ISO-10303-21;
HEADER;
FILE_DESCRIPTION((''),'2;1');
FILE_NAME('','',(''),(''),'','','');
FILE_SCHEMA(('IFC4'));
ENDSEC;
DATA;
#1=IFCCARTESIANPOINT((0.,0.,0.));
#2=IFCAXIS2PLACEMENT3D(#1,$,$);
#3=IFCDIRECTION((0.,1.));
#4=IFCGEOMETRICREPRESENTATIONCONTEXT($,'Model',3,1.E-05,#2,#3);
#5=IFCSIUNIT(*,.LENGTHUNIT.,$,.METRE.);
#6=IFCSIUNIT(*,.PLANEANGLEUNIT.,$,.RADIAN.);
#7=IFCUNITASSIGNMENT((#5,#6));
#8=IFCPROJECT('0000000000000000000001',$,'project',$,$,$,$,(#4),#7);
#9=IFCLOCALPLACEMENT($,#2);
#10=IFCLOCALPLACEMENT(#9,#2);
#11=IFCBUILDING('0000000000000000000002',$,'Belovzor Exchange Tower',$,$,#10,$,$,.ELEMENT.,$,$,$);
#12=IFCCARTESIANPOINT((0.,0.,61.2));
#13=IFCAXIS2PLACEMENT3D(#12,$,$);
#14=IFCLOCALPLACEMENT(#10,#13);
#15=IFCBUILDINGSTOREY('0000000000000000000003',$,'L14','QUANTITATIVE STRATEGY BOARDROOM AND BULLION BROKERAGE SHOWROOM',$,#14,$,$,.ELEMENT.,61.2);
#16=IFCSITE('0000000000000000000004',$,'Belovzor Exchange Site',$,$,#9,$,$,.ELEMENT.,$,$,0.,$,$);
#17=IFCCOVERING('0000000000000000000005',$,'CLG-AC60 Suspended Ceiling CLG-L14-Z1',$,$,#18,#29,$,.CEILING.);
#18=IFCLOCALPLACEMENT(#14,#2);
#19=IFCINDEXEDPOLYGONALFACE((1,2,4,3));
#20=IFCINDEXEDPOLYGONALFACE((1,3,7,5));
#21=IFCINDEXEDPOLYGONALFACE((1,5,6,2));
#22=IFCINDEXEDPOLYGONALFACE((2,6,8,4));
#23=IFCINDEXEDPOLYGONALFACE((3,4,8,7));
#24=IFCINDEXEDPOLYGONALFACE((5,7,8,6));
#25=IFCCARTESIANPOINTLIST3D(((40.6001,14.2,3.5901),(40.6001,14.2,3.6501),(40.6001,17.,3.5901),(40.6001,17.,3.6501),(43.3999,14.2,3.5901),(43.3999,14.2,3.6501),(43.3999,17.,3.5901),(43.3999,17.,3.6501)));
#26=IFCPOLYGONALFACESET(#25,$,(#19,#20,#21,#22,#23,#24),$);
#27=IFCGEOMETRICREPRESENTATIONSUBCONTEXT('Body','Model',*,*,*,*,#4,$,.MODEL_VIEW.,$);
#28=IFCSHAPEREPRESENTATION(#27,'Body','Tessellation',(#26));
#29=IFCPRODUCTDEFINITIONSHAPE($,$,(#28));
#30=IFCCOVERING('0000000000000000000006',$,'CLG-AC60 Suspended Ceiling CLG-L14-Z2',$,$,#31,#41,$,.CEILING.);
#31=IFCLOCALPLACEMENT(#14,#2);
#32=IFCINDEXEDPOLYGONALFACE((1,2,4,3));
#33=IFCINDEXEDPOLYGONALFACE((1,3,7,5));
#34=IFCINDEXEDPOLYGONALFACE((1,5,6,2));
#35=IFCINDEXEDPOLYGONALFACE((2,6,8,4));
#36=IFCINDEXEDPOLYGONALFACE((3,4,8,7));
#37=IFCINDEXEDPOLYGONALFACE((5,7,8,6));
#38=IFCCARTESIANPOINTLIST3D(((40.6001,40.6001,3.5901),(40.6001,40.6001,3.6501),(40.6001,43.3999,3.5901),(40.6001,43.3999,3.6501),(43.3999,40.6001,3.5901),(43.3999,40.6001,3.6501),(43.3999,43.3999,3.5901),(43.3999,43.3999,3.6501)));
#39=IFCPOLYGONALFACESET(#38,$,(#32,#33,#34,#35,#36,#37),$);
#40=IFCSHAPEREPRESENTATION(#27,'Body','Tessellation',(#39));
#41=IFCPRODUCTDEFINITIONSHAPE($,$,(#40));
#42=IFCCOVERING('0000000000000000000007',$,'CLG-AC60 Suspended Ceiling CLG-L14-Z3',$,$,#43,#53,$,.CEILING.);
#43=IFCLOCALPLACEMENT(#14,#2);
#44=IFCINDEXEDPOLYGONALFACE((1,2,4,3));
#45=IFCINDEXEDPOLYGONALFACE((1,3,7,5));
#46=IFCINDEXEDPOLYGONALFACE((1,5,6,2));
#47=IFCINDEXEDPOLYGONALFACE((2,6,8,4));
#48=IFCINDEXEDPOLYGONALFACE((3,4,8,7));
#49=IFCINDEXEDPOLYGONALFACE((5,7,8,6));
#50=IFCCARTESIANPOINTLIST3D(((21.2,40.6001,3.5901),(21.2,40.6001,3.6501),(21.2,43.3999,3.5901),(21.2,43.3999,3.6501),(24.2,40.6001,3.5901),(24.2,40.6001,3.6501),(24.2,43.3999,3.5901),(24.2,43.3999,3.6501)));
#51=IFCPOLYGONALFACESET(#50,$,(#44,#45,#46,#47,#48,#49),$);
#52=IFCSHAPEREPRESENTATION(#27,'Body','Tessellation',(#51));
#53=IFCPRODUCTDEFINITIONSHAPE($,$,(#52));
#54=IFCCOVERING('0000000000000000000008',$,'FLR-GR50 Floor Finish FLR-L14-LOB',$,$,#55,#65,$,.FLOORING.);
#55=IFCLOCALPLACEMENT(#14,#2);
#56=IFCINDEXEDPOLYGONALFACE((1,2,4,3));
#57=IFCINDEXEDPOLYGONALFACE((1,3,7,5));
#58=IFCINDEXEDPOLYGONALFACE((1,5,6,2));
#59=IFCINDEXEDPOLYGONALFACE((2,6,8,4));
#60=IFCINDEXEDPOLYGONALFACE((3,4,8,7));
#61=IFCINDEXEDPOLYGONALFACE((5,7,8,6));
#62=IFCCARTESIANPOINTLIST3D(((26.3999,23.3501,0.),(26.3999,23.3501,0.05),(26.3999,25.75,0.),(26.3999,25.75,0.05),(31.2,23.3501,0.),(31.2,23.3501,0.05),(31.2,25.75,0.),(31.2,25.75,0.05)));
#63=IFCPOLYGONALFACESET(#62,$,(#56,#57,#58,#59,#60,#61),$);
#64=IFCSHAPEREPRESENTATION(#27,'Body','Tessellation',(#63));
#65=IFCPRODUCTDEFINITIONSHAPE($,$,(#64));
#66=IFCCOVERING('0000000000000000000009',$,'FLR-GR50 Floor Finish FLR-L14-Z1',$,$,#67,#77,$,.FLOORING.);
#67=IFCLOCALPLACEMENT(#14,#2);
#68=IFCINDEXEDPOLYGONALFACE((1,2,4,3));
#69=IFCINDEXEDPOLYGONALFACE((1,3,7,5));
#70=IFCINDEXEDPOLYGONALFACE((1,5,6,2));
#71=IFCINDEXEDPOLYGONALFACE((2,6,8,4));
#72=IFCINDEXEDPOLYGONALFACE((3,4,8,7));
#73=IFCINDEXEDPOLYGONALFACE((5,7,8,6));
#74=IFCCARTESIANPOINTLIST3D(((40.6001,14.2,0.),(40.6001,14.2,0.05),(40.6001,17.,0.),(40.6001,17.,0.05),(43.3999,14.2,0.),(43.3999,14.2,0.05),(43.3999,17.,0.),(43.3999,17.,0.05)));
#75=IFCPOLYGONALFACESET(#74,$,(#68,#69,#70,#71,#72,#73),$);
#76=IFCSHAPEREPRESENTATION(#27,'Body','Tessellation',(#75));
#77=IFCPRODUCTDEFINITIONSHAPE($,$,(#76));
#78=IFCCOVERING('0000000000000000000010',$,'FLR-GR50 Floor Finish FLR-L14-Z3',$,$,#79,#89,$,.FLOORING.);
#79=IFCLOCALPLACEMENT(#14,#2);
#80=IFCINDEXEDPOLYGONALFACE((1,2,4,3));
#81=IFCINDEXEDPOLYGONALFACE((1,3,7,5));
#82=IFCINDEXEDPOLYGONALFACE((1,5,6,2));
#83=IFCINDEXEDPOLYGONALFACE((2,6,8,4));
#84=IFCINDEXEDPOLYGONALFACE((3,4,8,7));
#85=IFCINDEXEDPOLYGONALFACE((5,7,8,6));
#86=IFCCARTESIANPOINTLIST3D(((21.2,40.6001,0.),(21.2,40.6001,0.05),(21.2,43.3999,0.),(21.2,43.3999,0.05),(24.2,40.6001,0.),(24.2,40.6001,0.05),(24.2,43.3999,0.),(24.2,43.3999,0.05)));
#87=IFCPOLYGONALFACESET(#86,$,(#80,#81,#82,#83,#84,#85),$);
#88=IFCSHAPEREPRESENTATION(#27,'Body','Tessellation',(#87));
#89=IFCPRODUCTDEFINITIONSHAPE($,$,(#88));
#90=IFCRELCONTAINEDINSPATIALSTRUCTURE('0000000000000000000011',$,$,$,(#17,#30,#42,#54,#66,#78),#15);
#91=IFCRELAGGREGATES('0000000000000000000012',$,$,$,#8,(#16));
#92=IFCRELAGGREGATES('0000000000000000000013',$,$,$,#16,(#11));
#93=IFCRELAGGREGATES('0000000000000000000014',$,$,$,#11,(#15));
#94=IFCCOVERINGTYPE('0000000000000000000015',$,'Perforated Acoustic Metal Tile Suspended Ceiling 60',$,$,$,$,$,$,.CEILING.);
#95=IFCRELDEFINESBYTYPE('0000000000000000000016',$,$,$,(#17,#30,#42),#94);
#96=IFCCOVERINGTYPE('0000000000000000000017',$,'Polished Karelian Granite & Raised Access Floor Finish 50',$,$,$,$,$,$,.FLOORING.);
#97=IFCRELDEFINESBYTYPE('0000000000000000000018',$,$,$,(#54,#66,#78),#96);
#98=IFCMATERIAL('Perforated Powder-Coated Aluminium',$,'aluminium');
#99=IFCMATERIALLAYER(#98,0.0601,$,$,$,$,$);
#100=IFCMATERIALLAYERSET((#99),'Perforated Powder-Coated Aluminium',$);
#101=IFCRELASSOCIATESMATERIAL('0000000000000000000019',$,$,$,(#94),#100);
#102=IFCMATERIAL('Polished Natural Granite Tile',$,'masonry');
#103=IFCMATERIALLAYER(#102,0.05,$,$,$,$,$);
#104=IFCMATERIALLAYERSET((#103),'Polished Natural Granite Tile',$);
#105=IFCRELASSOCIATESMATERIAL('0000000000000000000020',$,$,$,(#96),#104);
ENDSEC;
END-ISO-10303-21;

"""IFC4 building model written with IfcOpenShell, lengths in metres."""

from ifc_helpers import new_model, si_unit, direction, frame, origin, place, context, subcontext, project, spatial, polyline, outline, extrude, material, layer, layer_set, type_object, element, save


model = new_model("IFC4")

# Units and contexts
model_context = context("Model", 3, precision=1e-05, world=origin(), true_north=direction((0.0, 1.0)))
body_context = subcontext(model_context, "Body", "Model", "MODEL_VIEW")
ifc_project = project(units=[si_unit("LENGTHUNIT", "METRE"), si_unit("PLANEANGLEUNIT", "RADIAN")], contexts=[model_context])

# Site, building, storey
site_placement = place(None, origin())
site = spatial("IfcSite", under=ifc_project, at=site_placement, Name="Belovzor Exchange Site", CompositionType="ELEMENT", RefElevation=0.0)
building_placement = place(site_placement, origin())
building = spatial("IfcBuilding", under=site, at=building_placement, Name="Belovzor Exchange Tower", CompositionType="ELEMENT")
storey_placement = place(building_placement, frame((0.0, 0.0, 61.2)))
storey = spatial("IfcBuildingStorey", under=building, at=storey_placement, Name="L14", Description="QUANTITATIVE STRATEGY BOARDROOM AND BULLION BROKERAGE SHOWROOM", CompositionType="ELEMENT", Elevation=61.2)

# Coverings
ifc_material_1 = material(Name="Perforated Powder-Coated Aluminium", Category="aluminium")
ifc_layer_1 = layer(ifc_material_1, 0.0601)
ifc_layer_set_1 = layer_set([ifc_layer_1], Name="Perforated Powder-Coated Aluminium")
covering_type_1 = type_object("IfcCoveringType", Name="Perforated Acoustic Metal Tile Suspended Ceiling 60", PredefinedType="CEILING", material=ifc_layer_set_1)
covering_1_placement = place(storey_placement, frame((0.0, 0.0, 3.5901)))
element("IfcCovering", 1, at=covering_1_placement, inside=storey, type_object=covering_type_1, Name="CLG-AC60 Suspended Ceiling CLG-L14-Z1", PredefinedType="CEILING", context=body_context, shape_type="SweptSolid", body=[
    extrude(outline(polyline([(40.6001, 14.2), (43.3999, 14.2), (43.3999, 17.0), (40.6001, 17.0), (40.6001, 14.2)])), origin(), (0.0, 0.0, 1.0), 0.0601),
])
covering_2_placement = place(storey_placement, frame((0.0, 0.0, 3.5901)))
element("IfcCovering", 2, at=covering_2_placement, inside=storey, type_object=covering_type_1, Name="CLG-AC60 Suspended Ceiling CLG-L14-Z2", PredefinedType="CEILING", context=body_context, shape_type="SweptSolid", body=[
    extrude(outline(polyline([(40.6001, 40.6001), (43.3999, 40.6001), (43.3999, 43.3999), (40.6001, 43.3999), (40.6001, 40.6001)])), origin(), (0.0, 0.0, 1.0), 0.0601),
])
covering_3_placement = place(storey_placement, frame((0.0, 0.0, 3.5901)))
element("IfcCovering", 3, at=covering_3_placement, inside=storey, type_object=covering_type_1, Name="CLG-AC60 Suspended Ceiling CLG-L14-Z3", PredefinedType="CEILING", context=body_context, shape_type="SweptSolid", body=[
    extrude(outline(polyline([(21.2, 40.6001), (24.2, 40.6001), (24.2, 43.3999), (21.2, 43.3999), (21.2, 40.6001)])), origin(), (0.0, 0.0, 1.0), 0.0601),
])
ifc_material_2 = material(Name="Polished Natural Granite Tile", Category="masonry")
ifc_layer_2 = layer(ifc_material_2, 0.05)
ifc_layer_set_2 = layer_set([ifc_layer_2], Name="Polished Natural Granite Tile")
covering_type_2 = type_object("IfcCoveringType", Name="Polished Karelian Granite & Raised Access Floor Finish 50", PredefinedType="FLOORING", material=ifc_layer_set_2)
covering_4_placement = place(storey_placement, origin())
element("IfcCovering", 4, at=covering_4_placement, inside=storey, type_object=covering_type_2, Name="FLR-GR50 Floor Finish FLR-L14-LOB", PredefinedType="FLOORING", context=body_context, shape_type="SweptSolid", body=[
    extrude(outline(polyline([(26.3999, 23.3501), (31.2, 23.3501), (31.2, 25.75), (26.3999, 25.75), (26.3999, 23.3501)])), origin(), (0.0, 0.0, 1.0), 0.05),
])
covering_5_placement = place(storey_placement, origin())
element("IfcCovering", 5, at=covering_5_placement, inside=storey, type_object=covering_type_2, Name="FLR-GR50 Floor Finish FLR-L14-Z1", PredefinedType="FLOORING", context=body_context, shape_type="SweptSolid", body=[
    extrude(outline(polyline([(40.6001, 14.2), (43.3999, 14.2), (43.3999, 17.0), (40.6001, 17.0), (40.6001, 14.2)])), origin(), (0.0, 0.0, 1.0), 0.05),
])
covering_6_placement = place(storey_placement, origin())
element("IfcCovering", 6, at=covering_6_placement, inside=storey, type_object=covering_type_2, Name="FLR-GR50 Floor Finish FLR-L14-Z3", PredefinedType="FLOORING", context=body_context, shape_type="SweptSolid", body=[
    extrude(outline(polyline([(21.2, 40.6001), (24.2, 40.6001), (24.2, 43.3999), (21.2, 43.3999), (21.2, 40.6001)])), origin(), (0.0, 0.0, 1.0), 0.05),
])

save(model, "model.ifc")
